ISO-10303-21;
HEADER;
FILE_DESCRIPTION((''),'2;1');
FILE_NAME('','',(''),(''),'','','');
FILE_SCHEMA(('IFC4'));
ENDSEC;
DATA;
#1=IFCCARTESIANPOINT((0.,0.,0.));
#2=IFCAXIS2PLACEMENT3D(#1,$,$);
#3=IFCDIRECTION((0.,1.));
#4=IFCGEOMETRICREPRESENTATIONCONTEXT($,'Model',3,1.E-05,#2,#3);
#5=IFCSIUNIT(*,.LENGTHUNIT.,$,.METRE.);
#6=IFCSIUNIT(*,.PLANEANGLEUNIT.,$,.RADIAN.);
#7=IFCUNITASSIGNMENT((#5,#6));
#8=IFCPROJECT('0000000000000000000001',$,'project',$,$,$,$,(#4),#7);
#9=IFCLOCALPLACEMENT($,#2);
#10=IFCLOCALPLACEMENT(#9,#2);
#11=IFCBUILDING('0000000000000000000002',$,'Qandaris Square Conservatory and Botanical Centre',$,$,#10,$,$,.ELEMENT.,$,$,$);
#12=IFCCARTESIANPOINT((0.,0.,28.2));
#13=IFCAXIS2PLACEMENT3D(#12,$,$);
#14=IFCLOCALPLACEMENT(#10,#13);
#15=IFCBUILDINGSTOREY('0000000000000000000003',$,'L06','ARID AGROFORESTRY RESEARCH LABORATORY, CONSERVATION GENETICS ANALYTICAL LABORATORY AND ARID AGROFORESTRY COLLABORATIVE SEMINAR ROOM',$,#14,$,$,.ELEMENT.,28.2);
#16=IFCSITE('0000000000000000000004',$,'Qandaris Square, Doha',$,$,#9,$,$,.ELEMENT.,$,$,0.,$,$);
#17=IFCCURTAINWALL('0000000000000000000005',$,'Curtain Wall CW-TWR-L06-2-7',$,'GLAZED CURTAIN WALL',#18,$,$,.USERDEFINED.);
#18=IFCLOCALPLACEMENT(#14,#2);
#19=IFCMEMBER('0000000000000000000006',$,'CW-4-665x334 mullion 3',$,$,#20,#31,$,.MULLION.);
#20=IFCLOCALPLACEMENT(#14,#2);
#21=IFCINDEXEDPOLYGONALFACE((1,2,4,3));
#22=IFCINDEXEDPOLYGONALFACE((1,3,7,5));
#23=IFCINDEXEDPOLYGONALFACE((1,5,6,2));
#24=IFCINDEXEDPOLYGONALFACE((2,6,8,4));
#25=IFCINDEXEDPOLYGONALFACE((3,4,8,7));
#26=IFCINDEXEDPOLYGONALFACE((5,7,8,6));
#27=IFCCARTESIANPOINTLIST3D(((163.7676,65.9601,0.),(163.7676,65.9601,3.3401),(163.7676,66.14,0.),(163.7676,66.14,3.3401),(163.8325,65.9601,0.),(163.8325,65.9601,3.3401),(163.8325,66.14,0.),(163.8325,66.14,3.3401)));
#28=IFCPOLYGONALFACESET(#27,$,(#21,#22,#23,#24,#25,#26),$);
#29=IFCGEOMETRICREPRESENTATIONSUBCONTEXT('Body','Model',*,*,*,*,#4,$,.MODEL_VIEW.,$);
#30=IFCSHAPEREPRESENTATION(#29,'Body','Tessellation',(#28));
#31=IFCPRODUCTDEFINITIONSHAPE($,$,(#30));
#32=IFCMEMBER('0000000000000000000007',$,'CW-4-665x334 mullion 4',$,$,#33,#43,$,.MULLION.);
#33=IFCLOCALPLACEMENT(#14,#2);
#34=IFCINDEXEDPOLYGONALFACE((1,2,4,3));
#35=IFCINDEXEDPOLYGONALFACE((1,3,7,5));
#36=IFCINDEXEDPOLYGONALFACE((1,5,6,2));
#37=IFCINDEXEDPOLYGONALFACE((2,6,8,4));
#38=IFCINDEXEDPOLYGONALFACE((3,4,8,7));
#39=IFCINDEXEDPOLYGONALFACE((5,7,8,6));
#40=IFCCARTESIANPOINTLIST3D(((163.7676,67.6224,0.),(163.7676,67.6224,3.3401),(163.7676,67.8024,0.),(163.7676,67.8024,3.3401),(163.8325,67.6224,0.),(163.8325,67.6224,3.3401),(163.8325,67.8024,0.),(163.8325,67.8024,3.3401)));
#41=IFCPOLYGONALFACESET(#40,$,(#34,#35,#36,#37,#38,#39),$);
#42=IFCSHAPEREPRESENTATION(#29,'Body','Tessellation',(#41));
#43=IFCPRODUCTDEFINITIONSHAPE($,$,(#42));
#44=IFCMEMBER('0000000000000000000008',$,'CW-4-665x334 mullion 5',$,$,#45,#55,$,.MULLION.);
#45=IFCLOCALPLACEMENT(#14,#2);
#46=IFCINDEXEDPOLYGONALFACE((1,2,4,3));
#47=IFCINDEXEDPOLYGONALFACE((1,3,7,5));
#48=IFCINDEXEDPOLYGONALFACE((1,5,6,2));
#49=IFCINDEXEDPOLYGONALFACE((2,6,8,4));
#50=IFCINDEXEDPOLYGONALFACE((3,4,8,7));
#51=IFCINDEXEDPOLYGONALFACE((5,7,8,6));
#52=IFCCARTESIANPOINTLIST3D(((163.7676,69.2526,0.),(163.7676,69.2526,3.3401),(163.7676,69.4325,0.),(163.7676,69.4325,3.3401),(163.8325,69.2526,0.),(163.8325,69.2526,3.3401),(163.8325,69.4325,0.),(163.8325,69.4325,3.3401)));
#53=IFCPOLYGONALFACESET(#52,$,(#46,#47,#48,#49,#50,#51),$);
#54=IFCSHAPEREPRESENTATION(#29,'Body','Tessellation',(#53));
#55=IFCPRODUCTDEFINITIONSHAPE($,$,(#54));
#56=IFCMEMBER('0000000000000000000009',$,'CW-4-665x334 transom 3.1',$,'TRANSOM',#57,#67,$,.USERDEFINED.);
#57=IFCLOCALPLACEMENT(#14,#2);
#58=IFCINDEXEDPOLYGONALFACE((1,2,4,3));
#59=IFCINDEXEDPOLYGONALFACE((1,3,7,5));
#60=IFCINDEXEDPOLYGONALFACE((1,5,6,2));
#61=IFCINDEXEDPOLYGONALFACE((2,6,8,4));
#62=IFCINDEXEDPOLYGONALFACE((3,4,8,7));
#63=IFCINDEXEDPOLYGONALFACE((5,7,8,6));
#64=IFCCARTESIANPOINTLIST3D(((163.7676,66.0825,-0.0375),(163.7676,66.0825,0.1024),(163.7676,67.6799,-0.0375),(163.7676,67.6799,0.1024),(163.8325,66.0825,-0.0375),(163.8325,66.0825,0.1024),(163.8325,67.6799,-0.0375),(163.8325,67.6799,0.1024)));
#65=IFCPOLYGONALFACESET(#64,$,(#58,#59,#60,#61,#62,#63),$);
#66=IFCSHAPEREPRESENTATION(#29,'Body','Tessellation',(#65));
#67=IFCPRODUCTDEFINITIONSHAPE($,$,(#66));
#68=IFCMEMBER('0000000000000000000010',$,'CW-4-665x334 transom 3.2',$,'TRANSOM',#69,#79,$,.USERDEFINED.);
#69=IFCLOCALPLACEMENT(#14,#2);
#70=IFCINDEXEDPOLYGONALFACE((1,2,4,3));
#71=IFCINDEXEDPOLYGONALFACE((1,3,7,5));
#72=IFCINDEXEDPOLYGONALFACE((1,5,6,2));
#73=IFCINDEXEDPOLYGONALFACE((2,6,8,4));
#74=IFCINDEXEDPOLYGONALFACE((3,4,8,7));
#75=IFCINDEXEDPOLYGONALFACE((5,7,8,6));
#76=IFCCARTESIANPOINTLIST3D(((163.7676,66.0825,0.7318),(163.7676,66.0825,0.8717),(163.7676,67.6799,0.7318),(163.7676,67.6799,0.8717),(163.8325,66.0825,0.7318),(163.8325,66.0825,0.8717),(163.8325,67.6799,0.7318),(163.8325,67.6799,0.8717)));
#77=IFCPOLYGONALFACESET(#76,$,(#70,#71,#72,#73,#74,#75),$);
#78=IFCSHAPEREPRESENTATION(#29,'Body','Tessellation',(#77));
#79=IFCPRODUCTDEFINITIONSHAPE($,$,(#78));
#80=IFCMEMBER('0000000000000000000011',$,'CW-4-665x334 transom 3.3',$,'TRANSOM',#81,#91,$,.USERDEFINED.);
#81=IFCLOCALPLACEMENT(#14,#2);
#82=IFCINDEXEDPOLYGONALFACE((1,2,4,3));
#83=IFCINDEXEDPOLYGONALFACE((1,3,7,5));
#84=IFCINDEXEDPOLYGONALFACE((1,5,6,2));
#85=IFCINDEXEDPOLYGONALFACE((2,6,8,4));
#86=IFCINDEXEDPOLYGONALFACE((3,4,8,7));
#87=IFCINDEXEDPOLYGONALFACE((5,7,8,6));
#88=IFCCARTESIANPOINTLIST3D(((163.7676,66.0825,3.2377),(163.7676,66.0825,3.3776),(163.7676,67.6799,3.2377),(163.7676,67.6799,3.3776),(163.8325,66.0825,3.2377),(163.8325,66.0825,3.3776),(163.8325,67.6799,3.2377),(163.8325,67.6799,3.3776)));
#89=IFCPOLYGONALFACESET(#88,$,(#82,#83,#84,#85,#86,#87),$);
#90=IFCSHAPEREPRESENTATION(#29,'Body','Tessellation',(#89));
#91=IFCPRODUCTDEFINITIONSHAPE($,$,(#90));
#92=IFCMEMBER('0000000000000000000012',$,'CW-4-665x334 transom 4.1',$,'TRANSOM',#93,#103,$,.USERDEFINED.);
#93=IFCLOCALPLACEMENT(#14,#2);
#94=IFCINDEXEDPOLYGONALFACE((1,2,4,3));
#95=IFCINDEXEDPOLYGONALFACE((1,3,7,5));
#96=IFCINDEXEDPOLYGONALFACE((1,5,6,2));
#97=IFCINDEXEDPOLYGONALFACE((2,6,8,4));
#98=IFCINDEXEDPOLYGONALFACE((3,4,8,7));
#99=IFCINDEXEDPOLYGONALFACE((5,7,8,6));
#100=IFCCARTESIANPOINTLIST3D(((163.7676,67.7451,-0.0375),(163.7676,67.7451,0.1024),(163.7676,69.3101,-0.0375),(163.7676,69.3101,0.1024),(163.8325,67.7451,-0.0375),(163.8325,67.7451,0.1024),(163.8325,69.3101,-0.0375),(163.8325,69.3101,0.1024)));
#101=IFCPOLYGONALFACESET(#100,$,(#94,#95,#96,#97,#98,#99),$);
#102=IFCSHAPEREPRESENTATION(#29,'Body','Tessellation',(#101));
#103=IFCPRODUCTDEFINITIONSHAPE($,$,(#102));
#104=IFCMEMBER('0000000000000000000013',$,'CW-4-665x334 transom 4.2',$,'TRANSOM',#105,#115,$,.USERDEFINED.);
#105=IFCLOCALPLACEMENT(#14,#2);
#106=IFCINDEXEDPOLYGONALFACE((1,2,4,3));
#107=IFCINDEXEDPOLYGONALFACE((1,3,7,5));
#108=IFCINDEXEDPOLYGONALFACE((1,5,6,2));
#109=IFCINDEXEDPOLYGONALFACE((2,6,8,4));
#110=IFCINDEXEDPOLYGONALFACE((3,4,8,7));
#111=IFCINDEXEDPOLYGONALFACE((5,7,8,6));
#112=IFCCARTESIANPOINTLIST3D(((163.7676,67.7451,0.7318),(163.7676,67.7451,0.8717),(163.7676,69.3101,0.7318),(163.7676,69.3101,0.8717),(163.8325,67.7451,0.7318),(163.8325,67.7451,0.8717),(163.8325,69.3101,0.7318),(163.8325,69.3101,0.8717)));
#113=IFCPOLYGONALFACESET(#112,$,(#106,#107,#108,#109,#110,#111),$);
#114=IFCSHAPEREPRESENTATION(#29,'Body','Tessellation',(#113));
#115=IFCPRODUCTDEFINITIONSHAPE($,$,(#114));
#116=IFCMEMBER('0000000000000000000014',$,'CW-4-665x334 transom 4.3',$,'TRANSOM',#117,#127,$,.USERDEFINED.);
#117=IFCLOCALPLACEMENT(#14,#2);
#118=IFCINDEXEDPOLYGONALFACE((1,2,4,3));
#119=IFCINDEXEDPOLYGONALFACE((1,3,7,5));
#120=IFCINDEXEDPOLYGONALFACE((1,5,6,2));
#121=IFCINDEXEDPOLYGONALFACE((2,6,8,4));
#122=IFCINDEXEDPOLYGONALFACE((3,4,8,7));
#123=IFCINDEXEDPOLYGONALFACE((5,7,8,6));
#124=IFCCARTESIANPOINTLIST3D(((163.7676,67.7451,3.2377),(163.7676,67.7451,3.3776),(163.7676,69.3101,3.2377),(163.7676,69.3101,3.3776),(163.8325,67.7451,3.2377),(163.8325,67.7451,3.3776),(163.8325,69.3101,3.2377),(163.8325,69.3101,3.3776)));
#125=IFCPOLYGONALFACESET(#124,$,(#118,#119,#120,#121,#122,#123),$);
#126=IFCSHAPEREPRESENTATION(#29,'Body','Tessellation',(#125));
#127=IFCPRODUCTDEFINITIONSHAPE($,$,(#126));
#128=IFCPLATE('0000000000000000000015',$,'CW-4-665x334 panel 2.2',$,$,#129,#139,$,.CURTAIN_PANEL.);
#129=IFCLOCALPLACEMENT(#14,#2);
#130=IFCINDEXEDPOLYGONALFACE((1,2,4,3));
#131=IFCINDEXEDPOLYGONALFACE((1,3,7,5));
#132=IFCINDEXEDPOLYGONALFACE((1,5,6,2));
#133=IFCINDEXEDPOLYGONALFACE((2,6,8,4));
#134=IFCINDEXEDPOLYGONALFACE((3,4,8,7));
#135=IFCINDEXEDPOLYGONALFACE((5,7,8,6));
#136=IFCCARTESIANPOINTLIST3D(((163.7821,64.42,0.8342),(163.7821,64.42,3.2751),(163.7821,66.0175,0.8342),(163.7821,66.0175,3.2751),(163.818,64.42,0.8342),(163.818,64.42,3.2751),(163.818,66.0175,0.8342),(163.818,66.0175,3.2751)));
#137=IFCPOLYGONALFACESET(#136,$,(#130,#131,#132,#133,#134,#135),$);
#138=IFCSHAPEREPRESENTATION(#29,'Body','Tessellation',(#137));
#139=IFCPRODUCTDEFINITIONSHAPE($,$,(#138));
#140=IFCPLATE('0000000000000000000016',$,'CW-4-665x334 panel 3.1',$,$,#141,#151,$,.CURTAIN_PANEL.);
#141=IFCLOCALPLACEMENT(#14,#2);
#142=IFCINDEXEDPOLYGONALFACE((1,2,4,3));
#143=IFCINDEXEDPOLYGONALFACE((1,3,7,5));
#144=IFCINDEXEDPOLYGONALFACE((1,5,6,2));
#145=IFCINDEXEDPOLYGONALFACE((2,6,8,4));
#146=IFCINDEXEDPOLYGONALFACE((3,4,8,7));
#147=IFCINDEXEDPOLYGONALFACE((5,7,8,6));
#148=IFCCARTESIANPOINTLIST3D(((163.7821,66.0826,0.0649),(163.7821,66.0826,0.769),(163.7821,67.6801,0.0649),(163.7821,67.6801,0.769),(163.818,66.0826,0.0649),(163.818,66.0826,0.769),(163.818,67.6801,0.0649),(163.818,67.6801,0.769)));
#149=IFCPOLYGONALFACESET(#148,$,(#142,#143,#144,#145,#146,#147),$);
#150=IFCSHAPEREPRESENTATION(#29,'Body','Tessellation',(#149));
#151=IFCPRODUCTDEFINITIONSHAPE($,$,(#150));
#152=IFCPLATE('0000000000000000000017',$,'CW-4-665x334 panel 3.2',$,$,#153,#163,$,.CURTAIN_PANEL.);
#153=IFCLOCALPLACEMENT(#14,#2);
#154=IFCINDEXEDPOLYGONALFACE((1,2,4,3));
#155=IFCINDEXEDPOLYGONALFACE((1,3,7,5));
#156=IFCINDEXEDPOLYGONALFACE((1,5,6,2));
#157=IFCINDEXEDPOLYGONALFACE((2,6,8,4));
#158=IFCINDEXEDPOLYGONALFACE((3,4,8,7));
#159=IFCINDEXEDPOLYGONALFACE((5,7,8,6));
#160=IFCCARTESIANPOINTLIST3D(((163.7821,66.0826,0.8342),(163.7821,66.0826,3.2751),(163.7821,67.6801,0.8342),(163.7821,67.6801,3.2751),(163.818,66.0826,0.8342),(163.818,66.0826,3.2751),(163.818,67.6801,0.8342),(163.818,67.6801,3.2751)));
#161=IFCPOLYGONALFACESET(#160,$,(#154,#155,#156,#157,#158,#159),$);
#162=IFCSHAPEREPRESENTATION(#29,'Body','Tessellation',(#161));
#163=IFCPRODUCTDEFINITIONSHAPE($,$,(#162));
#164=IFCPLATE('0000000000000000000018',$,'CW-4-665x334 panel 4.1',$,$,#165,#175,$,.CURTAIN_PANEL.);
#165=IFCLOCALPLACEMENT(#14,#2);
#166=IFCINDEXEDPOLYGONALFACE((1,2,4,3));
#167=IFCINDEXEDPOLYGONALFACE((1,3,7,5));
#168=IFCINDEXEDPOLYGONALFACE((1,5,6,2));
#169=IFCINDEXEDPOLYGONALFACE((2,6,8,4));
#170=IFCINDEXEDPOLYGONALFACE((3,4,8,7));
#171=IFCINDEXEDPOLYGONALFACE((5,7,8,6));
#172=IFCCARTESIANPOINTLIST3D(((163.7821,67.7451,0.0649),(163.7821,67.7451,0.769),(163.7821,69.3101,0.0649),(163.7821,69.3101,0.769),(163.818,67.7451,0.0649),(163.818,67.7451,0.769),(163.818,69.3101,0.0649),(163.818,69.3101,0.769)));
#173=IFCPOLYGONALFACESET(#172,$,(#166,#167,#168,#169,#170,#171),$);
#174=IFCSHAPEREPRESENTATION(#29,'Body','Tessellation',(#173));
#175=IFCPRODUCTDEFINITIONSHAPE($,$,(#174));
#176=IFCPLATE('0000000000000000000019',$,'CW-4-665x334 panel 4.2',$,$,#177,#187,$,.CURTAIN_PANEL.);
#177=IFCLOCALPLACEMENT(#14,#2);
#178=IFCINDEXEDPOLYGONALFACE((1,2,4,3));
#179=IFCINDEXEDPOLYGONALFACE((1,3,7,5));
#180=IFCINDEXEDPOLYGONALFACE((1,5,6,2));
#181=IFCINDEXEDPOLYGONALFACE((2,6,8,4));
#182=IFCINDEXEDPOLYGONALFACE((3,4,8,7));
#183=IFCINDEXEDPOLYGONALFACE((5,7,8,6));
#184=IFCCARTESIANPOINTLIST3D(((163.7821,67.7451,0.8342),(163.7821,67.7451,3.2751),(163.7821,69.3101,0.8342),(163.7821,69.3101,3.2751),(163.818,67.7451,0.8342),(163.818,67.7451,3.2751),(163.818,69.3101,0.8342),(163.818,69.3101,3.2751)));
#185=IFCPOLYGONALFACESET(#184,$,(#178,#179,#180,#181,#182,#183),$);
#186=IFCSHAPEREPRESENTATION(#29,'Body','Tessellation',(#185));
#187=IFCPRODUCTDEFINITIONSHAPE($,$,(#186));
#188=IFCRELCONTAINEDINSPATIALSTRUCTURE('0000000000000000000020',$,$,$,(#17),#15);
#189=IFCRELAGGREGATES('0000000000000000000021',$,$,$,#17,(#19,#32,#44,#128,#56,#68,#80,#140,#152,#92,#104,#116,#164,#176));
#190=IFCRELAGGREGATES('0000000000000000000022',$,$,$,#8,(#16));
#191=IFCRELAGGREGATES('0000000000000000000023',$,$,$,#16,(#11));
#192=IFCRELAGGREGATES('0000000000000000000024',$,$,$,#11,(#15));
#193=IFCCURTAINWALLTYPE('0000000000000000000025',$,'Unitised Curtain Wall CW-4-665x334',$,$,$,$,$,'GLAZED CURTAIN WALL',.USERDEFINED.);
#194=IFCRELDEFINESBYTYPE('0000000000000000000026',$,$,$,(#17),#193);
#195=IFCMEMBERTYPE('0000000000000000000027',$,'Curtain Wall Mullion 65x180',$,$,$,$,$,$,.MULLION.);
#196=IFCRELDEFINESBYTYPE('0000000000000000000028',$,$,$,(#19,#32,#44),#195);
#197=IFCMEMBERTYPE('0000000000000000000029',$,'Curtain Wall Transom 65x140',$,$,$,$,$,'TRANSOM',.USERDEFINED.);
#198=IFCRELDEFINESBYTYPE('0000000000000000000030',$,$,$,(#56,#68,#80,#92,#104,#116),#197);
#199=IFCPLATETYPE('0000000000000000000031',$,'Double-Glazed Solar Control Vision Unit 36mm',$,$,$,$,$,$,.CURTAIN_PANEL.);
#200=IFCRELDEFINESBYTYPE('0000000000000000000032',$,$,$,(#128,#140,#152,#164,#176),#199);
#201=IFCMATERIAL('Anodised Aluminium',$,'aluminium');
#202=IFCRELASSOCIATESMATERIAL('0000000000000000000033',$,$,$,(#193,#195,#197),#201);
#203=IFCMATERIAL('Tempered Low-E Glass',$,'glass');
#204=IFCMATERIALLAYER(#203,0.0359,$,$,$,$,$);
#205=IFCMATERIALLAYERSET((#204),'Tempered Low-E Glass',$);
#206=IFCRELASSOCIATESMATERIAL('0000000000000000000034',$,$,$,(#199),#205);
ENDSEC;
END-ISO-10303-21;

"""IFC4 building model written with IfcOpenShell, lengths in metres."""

from ifc_helpers import new_model, si_unit, direction, frame, origin, origin_2d, place, context, subcontext, project, spatial, rectangle, extrude, material, layer, layer_set, material_profile, profile_set, type_object, element, aggregate, save


model = new_model("IFC4")

# Units and contexts
model_context = context("Model", 3, precision=1e-05, world=origin(), true_north=direction((0.0, 1.0)))
body_context = subcontext(model_context, "Body", "Model", "MODEL_VIEW")
ifc_project = project(units=[si_unit("LENGTHUNIT", "METRE"), si_unit("PLANEANGLEUNIT", "RADIAN")], contexts=[model_context])

# Site, building, storey
site_placement = place(None, origin())
site = spatial("IfcSite", under=ifc_project, at=site_placement, Name="Qandaris Square, Doha", CompositionType="ELEMENT", RefElevation=0.0)
building_placement = place(site_placement, origin())
building = spatial("IfcBuilding", under=site, at=building_placement, Name="Qandaris Square Conservatory and Botanical Centre", CompositionType="ELEMENT")
storey_placement = place(building_placement, frame((0.0, 0.0, 28.2)))
storey = spatial("IfcBuildingStorey", under=building, at=storey_placement, Name="L06", Description="ARID AGROFORESTRY RESEARCH LABORATORY, CONSERVATION GENETICS ANALYTICAL LABORATORY AND ARID AGROFORESTRY COLLABORATIVE SEMINAR ROOM", CompositionType="ELEMENT", Elevation=28.2)

# Curtain wall, members, plates
ifc_material_1 = material(Name="Anodised Aluminium", Category="aluminium")
curtain_wall_type = type_object("IfcCurtainWallType", Name="Unitised Curtain Wall CW-4-665x334", ElementType="GLAZED CURTAIN WALL", PredefinedType="USERDEFINED", material=ifc_material_1)
curtain_wall_placement = place(storey_placement, origin())
curtain_wall = element("IfcCurtainWall", 1, at=curtain_wall_placement, inside=storey, type_object=curtain_wall_type, Name="Curtain Wall CW-TWR-L06-2-7", ObjectType="GLAZED CURTAIN WALL", PredefinedType="USERDEFINED")
ifc_material_profile_1 = material_profile(ifc_material_1, rectangle(XDim=0.0649, YDim=0.1799, at=origin_2d()), Name="ALU-MUL 65x180")
ifc_profile_set_1 = profile_set([ifc_material_profile_1], Name="Anodised Aluminium")
member_type_1 = type_object("IfcMemberType", Name="Curtain Wall Mullion 65x180", PredefinedType="MULLION", material=ifc_profile_set_1)
member_1_placement = place(storey_placement, frame((163.8, 66.05, 0.0), z_axis=(0.0, 0.0, 1.0), x_axis=(-1.0, 0.0, 0.0)))
member_1 = element("IfcMember", 2, at=member_1_placement, type_object=member_type_1, Name="CW-4-665x334 mullion 3", PredefinedType="MULLION", context=body_context, shape_type="SweptSolid", body=[
    extrude(rectangle(XDim=0.0649, YDim=0.1799, at=origin_2d()), origin(), (0.0, 0.0, 1.0), 3.3401),
])
member_2_placement = place(storey_placement, frame((163.8, 67.7124, 0.0), z_axis=(0.0, 0.0, 1.0), x_axis=(-1.0, 0.0, 0.0)))
member_2 = element("IfcMember", 3, at=member_2_placement, type_object=member_type_1, Name="CW-4-665x334 mullion 4", PredefinedType="MULLION", context=body_context, shape_type="SweptSolid", body=[
    extrude(rectangle(XDim=0.0649, YDim=0.1799, at=origin_2d()), origin(), (0.0, 0.0, 1.0), 3.3401),
])
member_3_placement = place(storey_placement, frame((163.8, 69.3425, 0.0), z_axis=(0.0, 0.0, 1.0), x_axis=(-1.0, 0.0, 0.0)))
member_3 = element("IfcMember", 4, at=member_3_placement, type_object=member_type_1, Name="CW-4-665x334 mullion 5", PredefinedType="MULLION", context=body_context, shape_type="SweptSolid", body=[
    extrude(rectangle(XDim=0.0649, YDim=0.1799, at=origin_2d()), origin(), (0.0, 0.0, 1.0), 3.3401),
])
ifc_material_profile_2 = material_profile(ifc_material_1, rectangle(XDim=0.0649, YDim=0.1399, at=origin_2d()), Name="ALU-TRN 65x140")
ifc_profile_set_2 = profile_set([ifc_material_profile_2], Name="Anodised Aluminium")
member_type_2 = type_object("IfcMemberType", Name="Curtain Wall Transom 65x140", ElementType="TRANSOM", PredefinedType="USERDEFINED", material=ifc_profile_set_2)
member_4_placement = place(storey_placement, frame((163.8, 66.0825, 0.0325), z_axis=(0.0, 1.0, 0.0), x_axis=(-1.0, 0.0, 0.0)))
member_4 = element("IfcMember", 5, at=member_4_placement, type_object=member_type_2, Name="CW-4-665x334 transom 3.1", ObjectType="TRANSOM", PredefinedType="USERDEFINED", context=body_context, shape_type="SweptSolid", body=[
    extrude(rectangle(XDim=0.0649, YDim=0.1399, at=origin_2d()), origin(), (0.0, 0.0, 1.0), 1.5974),
])
member_5_placement = place(storey_placement, frame((163.8, 66.0825, 0.8018), z_axis=(0.0, 1.0, 0.0), x_axis=(-1.0, 0.0, 0.0)))
member_5 = element("IfcMember", 6, at=member_5_placement, type_object=member_type_2, Name="CW-4-665x334 transom 3.2", ObjectType="TRANSOM", PredefinedType="USERDEFINED", context=body_context, shape_type="SweptSolid", body=[
    extrude(rectangle(XDim=0.0649, YDim=0.1399, at=origin_2d()), origin(), (0.0, 0.0, 1.0), 1.5974),
])
member_6_placement = place(storey_placement, frame((163.8, 66.0825, 3.3076), z_axis=(0.0, 1.0, 0.0), x_axis=(-1.0, 0.0, 0.0)))
member_6 = element("IfcMember", 7, at=member_6_placement, type_object=member_type_2, Name="CW-4-665x334 transom 3.3", ObjectType="TRANSOM", PredefinedType="USERDEFINED", context=body_context, shape_type="SweptSolid", body=[
    extrude(rectangle(XDim=0.0649, YDim=0.1399, at=origin_2d()), origin(), (0.0, 0.0, 1.0), 1.5974),
])
member_7_placement = place(storey_placement, frame((163.8, 67.7451, 0.0325), z_axis=(0.0, 1.0, 0.0), x_axis=(-1.0, 0.0, 0.0)))
member_7 = element("IfcMember", 8, at=member_7_placement, type_object=member_type_2, Name="CW-4-665x334 transom 4.1", ObjectType="TRANSOM", PredefinedType="USERDEFINED", context=body_context, shape_type="SweptSolid", body=[
    extrude(rectangle(XDim=0.0649, YDim=0.1399, at=origin_2d()), origin(), (0.0, 0.0, 1.0), 1.5649),
])
member_8_placement = place(storey_placement, frame((163.8, 67.7451, 0.8018), z_axis=(0.0, 1.0, 0.0), x_axis=(-1.0, 0.0, 0.0)))
member_8 = element("IfcMember", 9, at=member_8_placement, type_object=member_type_2, Name="CW-4-665x334 transom 4.2", ObjectType="TRANSOM", PredefinedType="USERDEFINED", context=body_context, shape_type="SweptSolid", body=[
    extrude(rectangle(XDim=0.0649, YDim=0.1399, at=origin_2d()), origin(), (0.0, 0.0, 1.0), 1.5649),
])
member_9_placement = place(storey_placement, frame((163.8, 67.7451, 3.3076), z_axis=(0.0, 1.0, 0.0), x_axis=(-1.0, 0.0, 0.0)))
member_9 = element("IfcMember", 10, at=member_9_placement, type_object=member_type_2, Name="CW-4-665x334 transom 4.3", ObjectType="TRANSOM", PredefinedType="USERDEFINED", context=body_context, shape_type="SweptSolid", body=[
    extrude(rectangle(XDim=0.0649, YDim=0.1399, at=origin_2d()), origin(), (0.0, 0.0, 1.0), 1.5649),
])
ifc_material_2 = material(Name="Tempered Low-E Glass", Category="glass")
ifc_layer_1 = layer(ifc_material_2, 0.0359)
ifc_layer_set_1 = layer_set([ifc_layer_1], Name="Tempered Low-E Glass")
plate_type_1 = type_object("IfcPlateType", Name="Double-Glazed Solar Control Vision Unit 36mm", PredefinedType="CURTAIN_PANEL", material=ifc_layer_set_1)
plate_1_placement = place(storey_placement, frame((163.8, 65.2188, 0.8342), z_axis=(0.0, 0.0, 1.0), x_axis=(0.0, 1.0, 0.0)))
plate_1 = element("IfcPlate", 11, at=plate_1_placement, type_object=plate_type_1, Name="CW-4-665x334 panel 2.2", PredefinedType="CURTAIN_PANEL", context=body_context, shape_type="SweptSolid", body=[
    extrude(rectangle(XDim=1.5974, YDim=0.0359, at=origin_2d()), origin(), (0.0, 0.0, 1.0), 2.4409),
])
plate_2_placement = place(storey_placement, frame((163.8, 66.8813, 0.0649), z_axis=(0.0, 0.0, 1.0), x_axis=(0.0, 1.0, 0.0)))
plate_2 = element("IfcPlate", 12, at=plate_2_placement, type_object=plate_type_1, Name="CW-4-665x334 panel 3.1", PredefinedType="CURTAIN_PANEL", context=body_context, shape_type="SweptSolid", body=[
    extrude(rectangle(XDim=1.5974, YDim=0.0359, at=origin_2d()), origin(), (0.0, 0.0, 1.0), 0.7041),
])
plate_3_placement = place(storey_placement, frame((163.8, 66.8813, 0.8342), z_axis=(0.0, 0.0, 1.0), x_axis=(0.0, 1.0, 0.0)))
plate_3 = element("IfcPlate", 13, at=plate_3_placement, type_object=plate_type_1, Name="CW-4-665x334 panel 3.2", PredefinedType="CURTAIN_PANEL", context=body_context, shape_type="SweptSolid", body=[
    extrude(rectangle(XDim=1.5974, YDim=0.0359, at=origin_2d()), origin(), (0.0, 0.0, 1.0), 2.4409),
])
plate_4_placement = place(storey_placement, frame((163.8, 68.5276, 0.0649), z_axis=(0.0, 0.0, 1.0), x_axis=(0.0, 1.0, 0.0)))
plate_4 = element("IfcPlate", 14, at=plate_4_placement, type_object=plate_type_1, Name="CW-4-665x334 panel 4.1", PredefinedType="CURTAIN_PANEL", context=body_context, shape_type="SweptSolid", body=[
    extrude(rectangle(XDim=1.5649, YDim=0.0359, at=origin_2d()), origin(), (0.0, 0.0, 1.0), 0.7041),
])
plate_5_placement = place(storey_placement, frame((163.8, 68.5276, 0.8342), z_axis=(0.0, 0.0, 1.0), x_axis=(0.0, 1.0, 0.0)))
plate_5 = element("IfcPlate", 15, at=plate_5_placement, type_object=plate_type_1, Name="CW-4-665x334 panel 4.2", PredefinedType="CURTAIN_PANEL", context=body_context, shape_type="SweptSolid", body=[
    extrude(rectangle(XDim=1.5649, YDim=0.0359, at=origin_2d()), origin(), (0.0, 0.0, 1.0), 2.4409),
])
aggregate(curtain_wall, [member_1, member_2, member_3, plate_1, member_4, member_5, member_6, plate_2, plate_3, member_7, member_8, member_9, plate_4, plate_5])

save(model, "model.ifc")
